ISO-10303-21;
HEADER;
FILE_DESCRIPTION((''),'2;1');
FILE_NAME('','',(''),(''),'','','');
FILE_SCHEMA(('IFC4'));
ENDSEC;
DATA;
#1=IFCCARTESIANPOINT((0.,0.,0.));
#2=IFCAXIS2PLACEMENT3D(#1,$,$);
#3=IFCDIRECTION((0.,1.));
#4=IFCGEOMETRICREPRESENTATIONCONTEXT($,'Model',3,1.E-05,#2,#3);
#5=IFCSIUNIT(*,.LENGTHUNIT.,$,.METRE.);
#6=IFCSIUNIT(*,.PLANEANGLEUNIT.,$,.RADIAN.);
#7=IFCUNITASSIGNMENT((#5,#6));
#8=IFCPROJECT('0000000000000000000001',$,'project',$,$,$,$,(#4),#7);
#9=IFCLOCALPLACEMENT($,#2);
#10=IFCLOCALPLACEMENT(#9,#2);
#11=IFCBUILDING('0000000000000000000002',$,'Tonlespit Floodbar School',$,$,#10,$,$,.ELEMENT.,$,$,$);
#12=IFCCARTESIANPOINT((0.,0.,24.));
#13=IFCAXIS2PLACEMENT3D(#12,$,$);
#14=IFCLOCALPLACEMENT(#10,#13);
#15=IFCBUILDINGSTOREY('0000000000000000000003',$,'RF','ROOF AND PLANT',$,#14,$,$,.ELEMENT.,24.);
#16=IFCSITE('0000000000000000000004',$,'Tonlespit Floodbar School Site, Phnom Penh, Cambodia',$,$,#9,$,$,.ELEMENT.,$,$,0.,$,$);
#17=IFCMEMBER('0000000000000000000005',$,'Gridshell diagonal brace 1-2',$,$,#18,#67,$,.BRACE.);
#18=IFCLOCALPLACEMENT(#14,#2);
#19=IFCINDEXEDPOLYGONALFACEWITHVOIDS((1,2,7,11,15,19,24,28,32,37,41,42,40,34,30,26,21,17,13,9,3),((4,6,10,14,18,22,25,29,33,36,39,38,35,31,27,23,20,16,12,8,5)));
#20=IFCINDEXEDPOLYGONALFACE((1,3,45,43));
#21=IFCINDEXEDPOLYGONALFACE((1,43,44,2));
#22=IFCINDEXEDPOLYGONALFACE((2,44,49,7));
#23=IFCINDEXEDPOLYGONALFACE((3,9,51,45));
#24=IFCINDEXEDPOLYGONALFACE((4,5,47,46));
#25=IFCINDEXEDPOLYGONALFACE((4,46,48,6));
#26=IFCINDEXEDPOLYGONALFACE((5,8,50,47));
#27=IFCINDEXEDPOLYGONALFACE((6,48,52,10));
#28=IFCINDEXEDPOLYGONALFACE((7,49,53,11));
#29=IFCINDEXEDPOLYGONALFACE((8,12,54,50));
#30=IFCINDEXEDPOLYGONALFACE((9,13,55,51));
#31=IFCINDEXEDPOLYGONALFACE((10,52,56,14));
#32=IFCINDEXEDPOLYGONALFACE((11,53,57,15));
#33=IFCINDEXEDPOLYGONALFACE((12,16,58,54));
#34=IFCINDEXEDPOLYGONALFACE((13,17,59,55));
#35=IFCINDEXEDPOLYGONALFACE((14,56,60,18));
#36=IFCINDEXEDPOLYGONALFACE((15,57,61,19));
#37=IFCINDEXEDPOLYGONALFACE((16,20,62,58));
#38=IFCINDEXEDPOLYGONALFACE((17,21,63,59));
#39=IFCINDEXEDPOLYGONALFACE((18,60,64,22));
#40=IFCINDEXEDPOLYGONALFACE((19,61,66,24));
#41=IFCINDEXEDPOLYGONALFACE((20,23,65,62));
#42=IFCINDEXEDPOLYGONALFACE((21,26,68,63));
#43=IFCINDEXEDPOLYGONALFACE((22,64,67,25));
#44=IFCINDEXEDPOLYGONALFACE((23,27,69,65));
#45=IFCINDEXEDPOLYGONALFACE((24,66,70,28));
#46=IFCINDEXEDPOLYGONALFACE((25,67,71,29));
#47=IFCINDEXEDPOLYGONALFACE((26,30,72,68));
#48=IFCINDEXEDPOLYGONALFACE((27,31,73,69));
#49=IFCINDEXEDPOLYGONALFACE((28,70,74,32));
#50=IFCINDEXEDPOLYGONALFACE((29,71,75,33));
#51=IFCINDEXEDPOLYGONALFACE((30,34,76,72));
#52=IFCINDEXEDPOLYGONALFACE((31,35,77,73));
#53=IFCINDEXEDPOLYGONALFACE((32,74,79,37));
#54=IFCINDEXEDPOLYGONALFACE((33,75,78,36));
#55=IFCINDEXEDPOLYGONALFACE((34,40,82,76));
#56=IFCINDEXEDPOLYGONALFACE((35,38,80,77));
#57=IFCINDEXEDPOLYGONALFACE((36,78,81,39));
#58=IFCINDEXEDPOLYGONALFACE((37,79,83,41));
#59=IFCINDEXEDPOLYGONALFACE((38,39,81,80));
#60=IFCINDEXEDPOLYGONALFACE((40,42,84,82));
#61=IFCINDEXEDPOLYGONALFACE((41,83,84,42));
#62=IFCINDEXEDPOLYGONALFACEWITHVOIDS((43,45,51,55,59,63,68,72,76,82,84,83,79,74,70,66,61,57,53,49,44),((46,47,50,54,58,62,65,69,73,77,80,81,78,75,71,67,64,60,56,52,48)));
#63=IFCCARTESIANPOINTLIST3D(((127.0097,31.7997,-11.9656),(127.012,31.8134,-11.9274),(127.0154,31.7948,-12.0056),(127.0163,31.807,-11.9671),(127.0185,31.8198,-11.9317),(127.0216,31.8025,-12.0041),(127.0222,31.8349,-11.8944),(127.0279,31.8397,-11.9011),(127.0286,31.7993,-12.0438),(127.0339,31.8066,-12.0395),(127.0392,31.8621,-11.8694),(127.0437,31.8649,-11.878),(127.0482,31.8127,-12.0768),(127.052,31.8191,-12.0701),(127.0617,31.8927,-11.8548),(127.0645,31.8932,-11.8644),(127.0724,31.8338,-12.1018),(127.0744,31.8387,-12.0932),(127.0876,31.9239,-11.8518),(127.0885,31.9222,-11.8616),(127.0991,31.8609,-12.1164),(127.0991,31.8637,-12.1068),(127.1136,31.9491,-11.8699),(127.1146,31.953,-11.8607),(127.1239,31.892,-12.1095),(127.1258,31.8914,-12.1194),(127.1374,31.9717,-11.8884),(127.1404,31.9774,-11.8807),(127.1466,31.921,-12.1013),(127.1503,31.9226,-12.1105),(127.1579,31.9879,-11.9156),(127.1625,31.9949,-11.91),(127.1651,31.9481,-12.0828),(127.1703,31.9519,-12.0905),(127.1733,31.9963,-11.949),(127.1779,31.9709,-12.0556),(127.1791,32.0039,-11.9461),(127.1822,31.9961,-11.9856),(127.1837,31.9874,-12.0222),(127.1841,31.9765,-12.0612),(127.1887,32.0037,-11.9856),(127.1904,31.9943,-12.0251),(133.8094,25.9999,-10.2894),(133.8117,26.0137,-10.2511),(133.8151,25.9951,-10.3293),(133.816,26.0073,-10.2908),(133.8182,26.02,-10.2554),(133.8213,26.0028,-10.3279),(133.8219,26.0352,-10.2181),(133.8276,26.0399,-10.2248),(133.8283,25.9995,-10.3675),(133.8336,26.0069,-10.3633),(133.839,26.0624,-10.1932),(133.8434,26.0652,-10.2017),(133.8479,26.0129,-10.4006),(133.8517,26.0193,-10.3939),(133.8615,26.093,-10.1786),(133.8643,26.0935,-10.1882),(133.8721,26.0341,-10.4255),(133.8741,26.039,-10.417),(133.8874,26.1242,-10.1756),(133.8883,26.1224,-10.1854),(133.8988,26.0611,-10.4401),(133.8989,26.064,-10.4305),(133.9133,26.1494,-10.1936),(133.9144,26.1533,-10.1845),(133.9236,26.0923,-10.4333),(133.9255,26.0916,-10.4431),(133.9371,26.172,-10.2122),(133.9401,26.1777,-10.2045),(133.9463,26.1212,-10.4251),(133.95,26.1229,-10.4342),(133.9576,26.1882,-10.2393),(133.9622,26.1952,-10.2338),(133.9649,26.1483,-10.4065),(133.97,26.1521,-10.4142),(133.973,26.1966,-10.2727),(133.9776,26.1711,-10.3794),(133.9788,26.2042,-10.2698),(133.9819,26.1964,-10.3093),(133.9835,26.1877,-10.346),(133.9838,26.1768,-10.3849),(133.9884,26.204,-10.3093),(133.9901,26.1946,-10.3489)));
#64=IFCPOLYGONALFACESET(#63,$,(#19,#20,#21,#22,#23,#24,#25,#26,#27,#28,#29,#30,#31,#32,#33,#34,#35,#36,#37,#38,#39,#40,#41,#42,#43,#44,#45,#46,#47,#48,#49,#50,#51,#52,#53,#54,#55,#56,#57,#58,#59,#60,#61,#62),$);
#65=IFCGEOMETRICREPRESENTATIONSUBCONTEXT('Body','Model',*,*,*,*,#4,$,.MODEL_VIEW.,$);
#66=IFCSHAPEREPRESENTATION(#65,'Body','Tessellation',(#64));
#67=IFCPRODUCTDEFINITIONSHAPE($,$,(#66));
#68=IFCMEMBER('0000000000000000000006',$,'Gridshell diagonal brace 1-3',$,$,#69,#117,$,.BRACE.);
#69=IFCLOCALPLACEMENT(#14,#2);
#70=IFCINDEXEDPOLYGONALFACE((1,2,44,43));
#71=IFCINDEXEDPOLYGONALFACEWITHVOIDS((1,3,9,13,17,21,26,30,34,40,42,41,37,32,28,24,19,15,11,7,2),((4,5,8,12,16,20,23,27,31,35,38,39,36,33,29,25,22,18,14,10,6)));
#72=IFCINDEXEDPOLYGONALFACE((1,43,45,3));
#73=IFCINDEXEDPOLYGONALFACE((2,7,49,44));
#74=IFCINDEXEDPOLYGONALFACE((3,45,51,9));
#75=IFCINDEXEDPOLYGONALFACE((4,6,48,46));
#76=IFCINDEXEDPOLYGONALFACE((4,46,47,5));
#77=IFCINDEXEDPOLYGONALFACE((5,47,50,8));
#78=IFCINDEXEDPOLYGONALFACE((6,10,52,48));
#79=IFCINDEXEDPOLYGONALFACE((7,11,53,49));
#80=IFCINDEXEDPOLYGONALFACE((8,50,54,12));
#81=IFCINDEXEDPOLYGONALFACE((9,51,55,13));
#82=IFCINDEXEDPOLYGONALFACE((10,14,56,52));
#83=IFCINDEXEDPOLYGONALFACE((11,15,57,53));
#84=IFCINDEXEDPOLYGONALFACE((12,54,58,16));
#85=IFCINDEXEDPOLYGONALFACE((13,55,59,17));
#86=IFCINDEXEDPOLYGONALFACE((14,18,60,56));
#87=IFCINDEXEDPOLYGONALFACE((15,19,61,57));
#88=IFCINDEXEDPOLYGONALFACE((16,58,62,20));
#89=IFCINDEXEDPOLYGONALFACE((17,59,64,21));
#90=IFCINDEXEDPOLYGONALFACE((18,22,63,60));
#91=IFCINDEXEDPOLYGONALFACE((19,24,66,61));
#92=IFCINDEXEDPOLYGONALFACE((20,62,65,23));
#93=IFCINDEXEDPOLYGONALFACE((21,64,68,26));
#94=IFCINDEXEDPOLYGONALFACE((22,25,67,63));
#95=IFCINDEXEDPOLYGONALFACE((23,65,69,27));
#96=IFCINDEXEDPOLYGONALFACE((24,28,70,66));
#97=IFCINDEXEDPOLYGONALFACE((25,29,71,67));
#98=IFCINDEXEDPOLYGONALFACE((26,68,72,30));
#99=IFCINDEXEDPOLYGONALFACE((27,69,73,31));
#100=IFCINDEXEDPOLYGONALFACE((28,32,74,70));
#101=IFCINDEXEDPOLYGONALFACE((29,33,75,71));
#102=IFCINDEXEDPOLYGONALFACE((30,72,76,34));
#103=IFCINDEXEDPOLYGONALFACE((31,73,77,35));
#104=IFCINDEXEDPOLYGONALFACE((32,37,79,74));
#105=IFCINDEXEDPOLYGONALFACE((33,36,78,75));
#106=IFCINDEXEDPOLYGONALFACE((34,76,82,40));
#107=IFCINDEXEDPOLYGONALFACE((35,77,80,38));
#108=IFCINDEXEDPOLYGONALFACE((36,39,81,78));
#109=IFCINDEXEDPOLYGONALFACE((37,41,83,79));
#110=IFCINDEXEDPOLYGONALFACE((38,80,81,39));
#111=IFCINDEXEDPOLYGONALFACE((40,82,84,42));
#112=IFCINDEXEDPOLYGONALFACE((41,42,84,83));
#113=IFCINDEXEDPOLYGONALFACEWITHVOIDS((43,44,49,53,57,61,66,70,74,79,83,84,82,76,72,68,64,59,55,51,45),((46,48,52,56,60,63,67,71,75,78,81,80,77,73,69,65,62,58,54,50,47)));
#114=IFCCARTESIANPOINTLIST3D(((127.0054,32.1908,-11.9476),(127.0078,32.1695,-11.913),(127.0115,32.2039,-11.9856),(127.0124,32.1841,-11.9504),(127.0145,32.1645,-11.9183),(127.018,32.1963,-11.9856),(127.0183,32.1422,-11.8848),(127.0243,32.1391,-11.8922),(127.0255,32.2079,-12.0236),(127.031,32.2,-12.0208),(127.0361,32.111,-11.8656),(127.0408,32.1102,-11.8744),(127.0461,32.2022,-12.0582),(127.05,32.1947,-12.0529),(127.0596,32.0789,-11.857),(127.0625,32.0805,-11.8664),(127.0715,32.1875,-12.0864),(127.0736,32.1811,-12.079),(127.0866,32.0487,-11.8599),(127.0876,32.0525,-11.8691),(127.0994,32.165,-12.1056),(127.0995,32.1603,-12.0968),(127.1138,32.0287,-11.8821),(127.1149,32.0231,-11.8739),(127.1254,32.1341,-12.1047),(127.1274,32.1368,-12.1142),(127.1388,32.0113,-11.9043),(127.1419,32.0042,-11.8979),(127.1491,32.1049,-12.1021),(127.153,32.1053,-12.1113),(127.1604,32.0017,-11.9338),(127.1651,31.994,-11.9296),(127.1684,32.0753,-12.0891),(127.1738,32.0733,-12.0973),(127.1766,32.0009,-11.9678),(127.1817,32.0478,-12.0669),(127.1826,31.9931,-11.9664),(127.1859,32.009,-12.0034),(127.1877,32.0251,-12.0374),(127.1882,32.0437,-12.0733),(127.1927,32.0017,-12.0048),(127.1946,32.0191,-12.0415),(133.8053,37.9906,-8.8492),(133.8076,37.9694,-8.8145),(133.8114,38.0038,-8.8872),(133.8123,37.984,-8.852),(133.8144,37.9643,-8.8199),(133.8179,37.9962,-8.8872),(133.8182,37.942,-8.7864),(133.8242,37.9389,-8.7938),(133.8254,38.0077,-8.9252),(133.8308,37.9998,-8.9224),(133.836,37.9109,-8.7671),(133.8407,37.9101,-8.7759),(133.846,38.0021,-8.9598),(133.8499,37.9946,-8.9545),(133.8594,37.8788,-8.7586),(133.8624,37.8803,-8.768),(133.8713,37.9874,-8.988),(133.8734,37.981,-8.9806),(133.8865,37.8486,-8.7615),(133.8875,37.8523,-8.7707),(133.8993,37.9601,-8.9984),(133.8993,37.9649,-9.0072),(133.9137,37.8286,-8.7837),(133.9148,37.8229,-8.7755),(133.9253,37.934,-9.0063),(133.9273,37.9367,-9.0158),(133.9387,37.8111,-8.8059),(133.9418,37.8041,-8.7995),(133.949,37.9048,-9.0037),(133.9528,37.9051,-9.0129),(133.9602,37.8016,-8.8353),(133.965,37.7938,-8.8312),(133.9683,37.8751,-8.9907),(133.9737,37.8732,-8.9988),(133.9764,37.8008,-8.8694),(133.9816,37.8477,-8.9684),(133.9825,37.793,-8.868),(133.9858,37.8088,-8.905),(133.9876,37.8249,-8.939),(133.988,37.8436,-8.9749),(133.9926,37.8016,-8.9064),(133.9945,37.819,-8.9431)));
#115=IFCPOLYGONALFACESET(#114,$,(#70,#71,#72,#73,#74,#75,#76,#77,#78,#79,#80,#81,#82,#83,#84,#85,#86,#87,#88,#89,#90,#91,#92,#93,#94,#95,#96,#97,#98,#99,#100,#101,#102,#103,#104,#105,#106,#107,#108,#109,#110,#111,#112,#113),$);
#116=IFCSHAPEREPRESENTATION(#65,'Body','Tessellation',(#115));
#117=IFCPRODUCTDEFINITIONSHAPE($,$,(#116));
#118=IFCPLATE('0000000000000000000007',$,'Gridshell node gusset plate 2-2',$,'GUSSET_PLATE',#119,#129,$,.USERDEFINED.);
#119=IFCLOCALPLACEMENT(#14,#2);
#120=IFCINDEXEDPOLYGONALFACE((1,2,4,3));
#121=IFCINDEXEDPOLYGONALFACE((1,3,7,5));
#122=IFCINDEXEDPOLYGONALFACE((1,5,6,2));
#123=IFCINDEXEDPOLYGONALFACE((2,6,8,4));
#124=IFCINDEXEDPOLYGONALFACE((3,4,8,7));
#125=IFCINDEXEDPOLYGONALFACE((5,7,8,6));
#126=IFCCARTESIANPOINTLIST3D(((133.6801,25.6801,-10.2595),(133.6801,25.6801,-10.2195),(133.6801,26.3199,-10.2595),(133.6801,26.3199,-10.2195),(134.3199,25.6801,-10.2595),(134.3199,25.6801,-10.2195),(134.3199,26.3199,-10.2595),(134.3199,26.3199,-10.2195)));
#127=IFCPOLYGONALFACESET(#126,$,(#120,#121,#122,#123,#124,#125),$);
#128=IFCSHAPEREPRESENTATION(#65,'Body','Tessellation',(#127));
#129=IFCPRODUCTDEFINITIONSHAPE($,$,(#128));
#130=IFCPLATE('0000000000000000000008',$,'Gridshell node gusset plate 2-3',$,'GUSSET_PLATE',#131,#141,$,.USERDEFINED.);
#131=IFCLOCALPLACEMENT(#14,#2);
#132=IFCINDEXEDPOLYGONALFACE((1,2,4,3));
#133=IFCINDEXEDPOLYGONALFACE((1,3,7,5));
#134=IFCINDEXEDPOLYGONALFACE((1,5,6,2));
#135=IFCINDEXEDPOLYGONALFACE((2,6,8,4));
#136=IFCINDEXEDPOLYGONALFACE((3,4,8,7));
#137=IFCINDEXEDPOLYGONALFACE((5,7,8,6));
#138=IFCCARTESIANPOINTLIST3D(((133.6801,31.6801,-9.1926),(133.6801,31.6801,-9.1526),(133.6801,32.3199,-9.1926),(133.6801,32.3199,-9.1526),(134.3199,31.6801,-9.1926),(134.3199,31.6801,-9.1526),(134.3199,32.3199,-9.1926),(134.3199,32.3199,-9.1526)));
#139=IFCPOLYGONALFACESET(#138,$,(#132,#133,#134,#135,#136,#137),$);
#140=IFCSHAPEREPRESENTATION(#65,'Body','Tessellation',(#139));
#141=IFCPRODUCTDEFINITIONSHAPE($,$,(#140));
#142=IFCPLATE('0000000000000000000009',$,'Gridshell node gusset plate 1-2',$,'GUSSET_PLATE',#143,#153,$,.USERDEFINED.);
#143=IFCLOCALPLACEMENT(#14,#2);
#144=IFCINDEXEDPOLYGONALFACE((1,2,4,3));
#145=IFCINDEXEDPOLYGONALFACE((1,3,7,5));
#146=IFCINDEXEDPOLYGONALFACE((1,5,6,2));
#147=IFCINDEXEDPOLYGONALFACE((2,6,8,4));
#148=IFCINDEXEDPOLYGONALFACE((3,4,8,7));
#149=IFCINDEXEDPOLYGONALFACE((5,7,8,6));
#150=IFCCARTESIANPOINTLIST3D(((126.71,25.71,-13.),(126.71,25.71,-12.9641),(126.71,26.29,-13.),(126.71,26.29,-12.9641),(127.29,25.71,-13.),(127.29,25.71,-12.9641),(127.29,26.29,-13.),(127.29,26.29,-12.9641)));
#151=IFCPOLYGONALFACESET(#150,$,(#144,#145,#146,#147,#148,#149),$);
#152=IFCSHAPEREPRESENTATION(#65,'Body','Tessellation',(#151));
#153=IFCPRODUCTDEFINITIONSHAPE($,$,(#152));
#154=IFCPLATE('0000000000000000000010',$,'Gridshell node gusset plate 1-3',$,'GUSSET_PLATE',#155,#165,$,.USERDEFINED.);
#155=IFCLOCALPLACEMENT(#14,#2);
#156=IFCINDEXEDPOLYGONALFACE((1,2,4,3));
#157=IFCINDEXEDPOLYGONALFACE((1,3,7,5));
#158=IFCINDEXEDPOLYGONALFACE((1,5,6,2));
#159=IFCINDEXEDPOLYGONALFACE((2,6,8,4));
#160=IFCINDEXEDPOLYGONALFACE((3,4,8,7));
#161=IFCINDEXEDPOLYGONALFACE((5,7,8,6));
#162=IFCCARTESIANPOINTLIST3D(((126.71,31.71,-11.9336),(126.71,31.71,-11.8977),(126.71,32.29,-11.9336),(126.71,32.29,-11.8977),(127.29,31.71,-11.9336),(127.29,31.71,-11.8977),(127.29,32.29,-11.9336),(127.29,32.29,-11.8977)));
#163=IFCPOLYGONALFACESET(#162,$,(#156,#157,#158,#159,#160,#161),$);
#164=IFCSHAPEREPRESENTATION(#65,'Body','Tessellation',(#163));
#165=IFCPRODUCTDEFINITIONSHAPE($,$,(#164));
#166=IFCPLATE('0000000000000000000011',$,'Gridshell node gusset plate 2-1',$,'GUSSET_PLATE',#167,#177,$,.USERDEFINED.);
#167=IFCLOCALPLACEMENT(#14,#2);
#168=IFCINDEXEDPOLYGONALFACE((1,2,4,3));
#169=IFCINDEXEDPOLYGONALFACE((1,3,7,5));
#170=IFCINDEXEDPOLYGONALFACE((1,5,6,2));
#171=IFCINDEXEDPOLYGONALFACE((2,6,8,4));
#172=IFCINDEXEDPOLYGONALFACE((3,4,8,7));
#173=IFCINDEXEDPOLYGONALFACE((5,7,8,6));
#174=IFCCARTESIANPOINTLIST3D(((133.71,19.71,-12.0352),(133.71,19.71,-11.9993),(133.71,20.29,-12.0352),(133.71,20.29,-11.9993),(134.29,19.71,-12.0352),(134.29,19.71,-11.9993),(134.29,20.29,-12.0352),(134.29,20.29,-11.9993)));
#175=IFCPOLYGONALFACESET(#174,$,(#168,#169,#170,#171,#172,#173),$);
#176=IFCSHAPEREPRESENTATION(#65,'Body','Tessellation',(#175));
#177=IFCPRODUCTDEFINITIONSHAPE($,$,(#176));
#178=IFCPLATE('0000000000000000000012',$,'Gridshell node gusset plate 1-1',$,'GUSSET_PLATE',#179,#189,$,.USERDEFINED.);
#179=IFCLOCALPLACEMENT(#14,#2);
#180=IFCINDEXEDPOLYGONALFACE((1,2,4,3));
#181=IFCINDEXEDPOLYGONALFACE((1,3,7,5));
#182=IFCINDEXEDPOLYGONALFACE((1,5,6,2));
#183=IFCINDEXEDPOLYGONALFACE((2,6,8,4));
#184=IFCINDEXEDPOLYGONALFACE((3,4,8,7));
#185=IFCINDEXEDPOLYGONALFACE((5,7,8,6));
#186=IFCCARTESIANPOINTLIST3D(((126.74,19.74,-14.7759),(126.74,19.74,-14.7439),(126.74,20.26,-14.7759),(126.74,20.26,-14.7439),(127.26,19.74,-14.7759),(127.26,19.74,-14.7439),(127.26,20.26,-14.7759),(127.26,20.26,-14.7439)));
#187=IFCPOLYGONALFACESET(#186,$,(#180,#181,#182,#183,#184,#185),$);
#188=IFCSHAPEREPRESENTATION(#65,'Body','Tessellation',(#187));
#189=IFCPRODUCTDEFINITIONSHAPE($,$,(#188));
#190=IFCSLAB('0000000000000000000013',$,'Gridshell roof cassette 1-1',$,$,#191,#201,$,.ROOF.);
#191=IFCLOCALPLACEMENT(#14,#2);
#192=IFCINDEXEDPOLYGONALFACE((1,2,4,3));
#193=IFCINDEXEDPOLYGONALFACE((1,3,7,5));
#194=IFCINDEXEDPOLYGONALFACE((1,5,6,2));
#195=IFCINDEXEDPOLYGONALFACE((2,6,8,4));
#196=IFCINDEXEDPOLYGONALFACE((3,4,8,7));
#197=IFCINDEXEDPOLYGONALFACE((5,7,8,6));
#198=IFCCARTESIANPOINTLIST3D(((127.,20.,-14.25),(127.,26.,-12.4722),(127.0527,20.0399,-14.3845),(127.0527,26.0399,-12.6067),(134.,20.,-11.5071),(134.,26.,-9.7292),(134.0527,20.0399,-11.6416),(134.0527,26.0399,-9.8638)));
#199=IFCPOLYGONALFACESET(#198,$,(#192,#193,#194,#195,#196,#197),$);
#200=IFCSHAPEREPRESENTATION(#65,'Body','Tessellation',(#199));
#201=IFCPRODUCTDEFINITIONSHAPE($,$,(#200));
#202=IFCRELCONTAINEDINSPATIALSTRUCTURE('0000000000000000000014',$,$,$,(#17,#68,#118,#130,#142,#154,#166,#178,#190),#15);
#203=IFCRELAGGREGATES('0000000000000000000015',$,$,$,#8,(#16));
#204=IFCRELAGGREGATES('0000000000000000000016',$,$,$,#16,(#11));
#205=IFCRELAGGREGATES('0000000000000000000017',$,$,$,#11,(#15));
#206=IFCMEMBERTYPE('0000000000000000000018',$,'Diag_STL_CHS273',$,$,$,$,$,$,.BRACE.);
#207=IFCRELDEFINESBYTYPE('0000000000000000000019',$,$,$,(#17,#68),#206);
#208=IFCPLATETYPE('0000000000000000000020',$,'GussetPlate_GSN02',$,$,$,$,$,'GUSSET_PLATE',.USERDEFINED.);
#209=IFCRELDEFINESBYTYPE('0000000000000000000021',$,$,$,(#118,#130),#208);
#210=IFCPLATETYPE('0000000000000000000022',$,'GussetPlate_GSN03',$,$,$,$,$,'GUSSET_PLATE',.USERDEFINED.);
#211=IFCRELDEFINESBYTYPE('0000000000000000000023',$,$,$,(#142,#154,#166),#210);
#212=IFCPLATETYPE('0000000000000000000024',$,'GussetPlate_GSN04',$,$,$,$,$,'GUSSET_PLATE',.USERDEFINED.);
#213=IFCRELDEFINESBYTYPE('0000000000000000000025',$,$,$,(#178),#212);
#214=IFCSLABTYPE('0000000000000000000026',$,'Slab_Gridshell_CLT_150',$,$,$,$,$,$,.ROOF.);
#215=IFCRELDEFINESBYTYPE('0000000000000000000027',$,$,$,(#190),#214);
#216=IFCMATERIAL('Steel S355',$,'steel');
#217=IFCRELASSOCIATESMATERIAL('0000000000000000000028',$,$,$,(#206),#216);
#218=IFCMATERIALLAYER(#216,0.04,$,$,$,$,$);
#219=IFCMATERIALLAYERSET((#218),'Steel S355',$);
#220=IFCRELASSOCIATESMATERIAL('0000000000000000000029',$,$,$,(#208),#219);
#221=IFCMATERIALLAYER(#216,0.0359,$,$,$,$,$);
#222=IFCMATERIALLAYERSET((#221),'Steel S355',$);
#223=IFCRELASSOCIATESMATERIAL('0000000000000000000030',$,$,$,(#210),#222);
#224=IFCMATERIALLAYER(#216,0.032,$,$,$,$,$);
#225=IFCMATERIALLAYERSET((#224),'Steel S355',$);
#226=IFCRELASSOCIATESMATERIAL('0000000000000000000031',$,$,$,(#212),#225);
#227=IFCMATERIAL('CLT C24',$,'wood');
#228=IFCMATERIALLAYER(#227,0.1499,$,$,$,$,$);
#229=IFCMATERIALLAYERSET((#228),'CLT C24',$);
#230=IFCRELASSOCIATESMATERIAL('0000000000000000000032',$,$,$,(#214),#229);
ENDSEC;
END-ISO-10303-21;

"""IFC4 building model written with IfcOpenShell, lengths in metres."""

from ifc_helpers import new_model, si_unit, direction, frame, origin, origin_2d, place, context, subcontext, project, spatial, polyline, rectangle, hollow_circle, outline, extrude, material, layer, layer_set, material_profile, profile_set, type_object, element, save


model = new_model("IFC4")

# Units and contexts
model_context = context("Model", 3, precision=1e-05, world=origin(), true_north=direction((0.0, 1.0)))
body_context = subcontext(model_context, "Body", "Model", "MODEL_VIEW")
ifc_project = project(units=[si_unit("LENGTHUNIT", "METRE"), si_unit("PLANEANGLEUNIT", "RADIAN")], contexts=[model_context])

# Site, building, storey
site_placement = place(None, origin())
site = spatial("IfcSite", under=ifc_project, at=site_placement, Name="Tonlespit Floodbar School Site, Phnom Penh, Cambodia", CompositionType="ELEMENT", RefElevation=0.0)
building_placement = place(site_placement, origin())
building = spatial("IfcBuilding", under=site, at=building_placement, Name="Tonlespit Floodbar School", CompositionType="ELEMENT")
storey_placement = place(building_placement, frame((0.0, 0.0, 24.0)))
storey = spatial("IfcBuildingStorey", under=building, at=storey_placement, Name="RF", Description="ROOF AND PLANT", CompositionType="ELEMENT", Elevation=24.0)

# Members
ifc_material_1 = material(Name="Steel S355", Category="steel")
ifc_material_profile_1 = material_profile(ifc_material_1, hollow_circle(Radius=0.1365, WallThickness=0.01, at=origin_2d()), Name="CHS 273x10")
ifc_profile_set_1 = profile_set([ifc_material_profile_1], Name="Steel S355")
member_type = type_object("IfcMemberType", Name="Diag_STL_CHS273", PredefinedType="BRACE", material=ifc_profile_set_1)
member_1_placement = place(storey_placement, frame((127.1001, 31.8999, -11.9856), z_axis=(0.747796, -0.637823, 0.184345), x_axis=(0.648945, 0.760836, 0.0)))
element("IfcMember", 1, at=member_1_placement, inside=storey, type_object=member_type, Name="Gridshell diagonal brace 1-2", PredefinedType="BRACE", context=body_context, shape_type="SweptSolid", body=[
    extrude(hollow_circle(Radius=0.1365, WallThickness=0.01, at=origin_2d()), origin(), (0.0, 0.0, 1.0), 9.093),
])
member_2_placement = place(storey_placement, frame((127.1001, 32.1001, -11.9856), z_axis=(0.718862, 0.613144, 0.327555), x_axis=(-0.648945, 0.760836, 0.0)))
element("IfcMember", 2, at=member_2_placement, inside=storey, type_object=member_type, Name="Gridshell diagonal brace 1-3", PredefinedType="BRACE", context=body_context, shape_type="SweptSolid", body=[
    extrude(hollow_circle(Radius=0.1365, WallThickness=0.01, at=origin_2d()), origin(), (0.0, 0.0, 1.0), 9.4592),
])

# Plates
ifc_layer_1 = layer(ifc_material_1, 0.04)
ifc_layer_set_1 = layer_set([ifc_layer_1], Name="Steel S355")
plate_type_1 = type_object("IfcPlateType", Name="GussetPlate_GSN02", ElementType="GUSSET_PLATE", PredefinedType="USERDEFINED", material=ifc_layer_set_1)
for number, where, z_axis, x_axis, name in (
    (3, (134.0, 26.0, -10.2595), (0.0, 0.0, 1.0), (1.0, 0.0, 0.0), "Gridshell node gusset plate 2-2"),
    (4, (134.0, 32.0, -9.1926), (0.0, 0.0, 1.0), (1.0, 0.0, 0.0), "Gridshell node gusset plate 2-3"),
):
    element("IfcPlate", number, at=place(storey_placement, frame(where, z_axis=z_axis, x_axis=x_axis)), inside=storey, type_object=plate_type_1, Name=name, ObjectType="GUSSET_PLATE", PredefinedType="USERDEFINED", context=body_context, shape_type="SweptSolid", body=[
        extrude(rectangle(XDim=0.6399, YDim=0.6399, at=origin_2d()), origin(), (0.0, 0.0, 1.0), 0.04),
    ])
ifc_layer_2 = layer(ifc_material_1, 0.0359)
ifc_layer_set_2 = layer_set([ifc_layer_2], Name="Steel S355")
plate_type_2 = type_object("IfcPlateType", Name="GussetPlate_GSN03", ElementType="GUSSET_PLATE", PredefinedType="USERDEFINED", material=ifc_layer_set_2)
for number, where, z_axis, x_axis, name in (
    (5, (127.0, 26.0, -13.0), (0.0, 0.0, 1.0), (1.0, 0.0, 0.0), "Gridshell node gusset plate 1-2"),
    (6, (127.0, 32.0, -11.9336), (0.0, 0.0, 1.0), (1.0, 0.0, 0.0), "Gridshell node gusset plate 1-3"),
    (7, (134.0, 20.0, -12.0352), (0.0, 0.0, 1.0), (1.0, 0.0, 0.0), "Gridshell node gusset plate 2-1"),
):
    element("IfcPlate", number, at=place(storey_placement, frame(where, z_axis=z_axis, x_axis=x_axis)), inside=storey, type_object=plate_type_2, Name=name, ObjectType="GUSSET_PLATE", PredefinedType="USERDEFINED", context=body_context, shape_type="SweptSolid", body=[
        extrude(rectangle(XDim=0.5801, YDim=0.5801, at=origin_2d()), origin(), (0.0, 0.0, 1.0), 0.0359),
    ])
ifc_layer_3 = layer(ifc_material_1, 0.032)
ifc_layer_set_3 = layer_set([ifc_layer_3], Name="Steel S355")
plate_type_3 = type_object("IfcPlateType", Name="GussetPlate_GSN04", ElementType="GUSSET_PLATE", PredefinedType="USERDEFINED", material=ifc_layer_set_3)
plate_placement = place(storey_placement, frame((127.0, 20.0, -14.7759), z_axis=(0.0, 0.0, 1.0), x_axis=(1.0, 0.0, 0.0)))
element("IfcPlate", 8, at=plate_placement, inside=storey, type_object=plate_type_3, Name="Gridshell node gusset plate 1-1", ObjectType="GUSSET_PLATE", PredefinedType="USERDEFINED", context=body_context, shape_type="SweptSolid", body=[
    extrude(rectangle(XDim=0.52, YDim=0.52, at=origin_2d()), origin(), (0.0, 0.0, 1.0), 0.032),
])

# Slab
ifc_material_2 = material(Name="CLT C24", Category="wood")
ifc_layer_4 = layer(ifc_material_2, 0.1499)
ifc_layer_set_4 = layer_set([ifc_layer_4], Name="CLT C24")
slab_type = type_object("IfcSlabType", Name="Slab_Gridshell_CLT_150", PredefinedType="ROOF", material=ifc_layer_set_4)
slab_1_placement = place(storey_placement, frame((127.0, 20.0, -14.25), z_axis=(-0.351698, -0.265946, 0.897542), x_axis=(0.931072, 0.0, 0.364836)))
element("IfcSlab", 9, at=slab_1_placement, inside=storey, type_object=slab_type, Name="Gridshell roof cassette 1-1", PredefinedType="ROOF", context=body_context, shape_type="SweptSolid", body=[
    extrude(outline(polyline([(0.0, 0.0), (7.5182, 0.0), (8.1668, 6.2241), (0.6486, 6.2241), (0.0, 0.0)])), origin(), (0.0, 0.0, -1.0), 0.1499),
])

save(model, "model.ifc")
